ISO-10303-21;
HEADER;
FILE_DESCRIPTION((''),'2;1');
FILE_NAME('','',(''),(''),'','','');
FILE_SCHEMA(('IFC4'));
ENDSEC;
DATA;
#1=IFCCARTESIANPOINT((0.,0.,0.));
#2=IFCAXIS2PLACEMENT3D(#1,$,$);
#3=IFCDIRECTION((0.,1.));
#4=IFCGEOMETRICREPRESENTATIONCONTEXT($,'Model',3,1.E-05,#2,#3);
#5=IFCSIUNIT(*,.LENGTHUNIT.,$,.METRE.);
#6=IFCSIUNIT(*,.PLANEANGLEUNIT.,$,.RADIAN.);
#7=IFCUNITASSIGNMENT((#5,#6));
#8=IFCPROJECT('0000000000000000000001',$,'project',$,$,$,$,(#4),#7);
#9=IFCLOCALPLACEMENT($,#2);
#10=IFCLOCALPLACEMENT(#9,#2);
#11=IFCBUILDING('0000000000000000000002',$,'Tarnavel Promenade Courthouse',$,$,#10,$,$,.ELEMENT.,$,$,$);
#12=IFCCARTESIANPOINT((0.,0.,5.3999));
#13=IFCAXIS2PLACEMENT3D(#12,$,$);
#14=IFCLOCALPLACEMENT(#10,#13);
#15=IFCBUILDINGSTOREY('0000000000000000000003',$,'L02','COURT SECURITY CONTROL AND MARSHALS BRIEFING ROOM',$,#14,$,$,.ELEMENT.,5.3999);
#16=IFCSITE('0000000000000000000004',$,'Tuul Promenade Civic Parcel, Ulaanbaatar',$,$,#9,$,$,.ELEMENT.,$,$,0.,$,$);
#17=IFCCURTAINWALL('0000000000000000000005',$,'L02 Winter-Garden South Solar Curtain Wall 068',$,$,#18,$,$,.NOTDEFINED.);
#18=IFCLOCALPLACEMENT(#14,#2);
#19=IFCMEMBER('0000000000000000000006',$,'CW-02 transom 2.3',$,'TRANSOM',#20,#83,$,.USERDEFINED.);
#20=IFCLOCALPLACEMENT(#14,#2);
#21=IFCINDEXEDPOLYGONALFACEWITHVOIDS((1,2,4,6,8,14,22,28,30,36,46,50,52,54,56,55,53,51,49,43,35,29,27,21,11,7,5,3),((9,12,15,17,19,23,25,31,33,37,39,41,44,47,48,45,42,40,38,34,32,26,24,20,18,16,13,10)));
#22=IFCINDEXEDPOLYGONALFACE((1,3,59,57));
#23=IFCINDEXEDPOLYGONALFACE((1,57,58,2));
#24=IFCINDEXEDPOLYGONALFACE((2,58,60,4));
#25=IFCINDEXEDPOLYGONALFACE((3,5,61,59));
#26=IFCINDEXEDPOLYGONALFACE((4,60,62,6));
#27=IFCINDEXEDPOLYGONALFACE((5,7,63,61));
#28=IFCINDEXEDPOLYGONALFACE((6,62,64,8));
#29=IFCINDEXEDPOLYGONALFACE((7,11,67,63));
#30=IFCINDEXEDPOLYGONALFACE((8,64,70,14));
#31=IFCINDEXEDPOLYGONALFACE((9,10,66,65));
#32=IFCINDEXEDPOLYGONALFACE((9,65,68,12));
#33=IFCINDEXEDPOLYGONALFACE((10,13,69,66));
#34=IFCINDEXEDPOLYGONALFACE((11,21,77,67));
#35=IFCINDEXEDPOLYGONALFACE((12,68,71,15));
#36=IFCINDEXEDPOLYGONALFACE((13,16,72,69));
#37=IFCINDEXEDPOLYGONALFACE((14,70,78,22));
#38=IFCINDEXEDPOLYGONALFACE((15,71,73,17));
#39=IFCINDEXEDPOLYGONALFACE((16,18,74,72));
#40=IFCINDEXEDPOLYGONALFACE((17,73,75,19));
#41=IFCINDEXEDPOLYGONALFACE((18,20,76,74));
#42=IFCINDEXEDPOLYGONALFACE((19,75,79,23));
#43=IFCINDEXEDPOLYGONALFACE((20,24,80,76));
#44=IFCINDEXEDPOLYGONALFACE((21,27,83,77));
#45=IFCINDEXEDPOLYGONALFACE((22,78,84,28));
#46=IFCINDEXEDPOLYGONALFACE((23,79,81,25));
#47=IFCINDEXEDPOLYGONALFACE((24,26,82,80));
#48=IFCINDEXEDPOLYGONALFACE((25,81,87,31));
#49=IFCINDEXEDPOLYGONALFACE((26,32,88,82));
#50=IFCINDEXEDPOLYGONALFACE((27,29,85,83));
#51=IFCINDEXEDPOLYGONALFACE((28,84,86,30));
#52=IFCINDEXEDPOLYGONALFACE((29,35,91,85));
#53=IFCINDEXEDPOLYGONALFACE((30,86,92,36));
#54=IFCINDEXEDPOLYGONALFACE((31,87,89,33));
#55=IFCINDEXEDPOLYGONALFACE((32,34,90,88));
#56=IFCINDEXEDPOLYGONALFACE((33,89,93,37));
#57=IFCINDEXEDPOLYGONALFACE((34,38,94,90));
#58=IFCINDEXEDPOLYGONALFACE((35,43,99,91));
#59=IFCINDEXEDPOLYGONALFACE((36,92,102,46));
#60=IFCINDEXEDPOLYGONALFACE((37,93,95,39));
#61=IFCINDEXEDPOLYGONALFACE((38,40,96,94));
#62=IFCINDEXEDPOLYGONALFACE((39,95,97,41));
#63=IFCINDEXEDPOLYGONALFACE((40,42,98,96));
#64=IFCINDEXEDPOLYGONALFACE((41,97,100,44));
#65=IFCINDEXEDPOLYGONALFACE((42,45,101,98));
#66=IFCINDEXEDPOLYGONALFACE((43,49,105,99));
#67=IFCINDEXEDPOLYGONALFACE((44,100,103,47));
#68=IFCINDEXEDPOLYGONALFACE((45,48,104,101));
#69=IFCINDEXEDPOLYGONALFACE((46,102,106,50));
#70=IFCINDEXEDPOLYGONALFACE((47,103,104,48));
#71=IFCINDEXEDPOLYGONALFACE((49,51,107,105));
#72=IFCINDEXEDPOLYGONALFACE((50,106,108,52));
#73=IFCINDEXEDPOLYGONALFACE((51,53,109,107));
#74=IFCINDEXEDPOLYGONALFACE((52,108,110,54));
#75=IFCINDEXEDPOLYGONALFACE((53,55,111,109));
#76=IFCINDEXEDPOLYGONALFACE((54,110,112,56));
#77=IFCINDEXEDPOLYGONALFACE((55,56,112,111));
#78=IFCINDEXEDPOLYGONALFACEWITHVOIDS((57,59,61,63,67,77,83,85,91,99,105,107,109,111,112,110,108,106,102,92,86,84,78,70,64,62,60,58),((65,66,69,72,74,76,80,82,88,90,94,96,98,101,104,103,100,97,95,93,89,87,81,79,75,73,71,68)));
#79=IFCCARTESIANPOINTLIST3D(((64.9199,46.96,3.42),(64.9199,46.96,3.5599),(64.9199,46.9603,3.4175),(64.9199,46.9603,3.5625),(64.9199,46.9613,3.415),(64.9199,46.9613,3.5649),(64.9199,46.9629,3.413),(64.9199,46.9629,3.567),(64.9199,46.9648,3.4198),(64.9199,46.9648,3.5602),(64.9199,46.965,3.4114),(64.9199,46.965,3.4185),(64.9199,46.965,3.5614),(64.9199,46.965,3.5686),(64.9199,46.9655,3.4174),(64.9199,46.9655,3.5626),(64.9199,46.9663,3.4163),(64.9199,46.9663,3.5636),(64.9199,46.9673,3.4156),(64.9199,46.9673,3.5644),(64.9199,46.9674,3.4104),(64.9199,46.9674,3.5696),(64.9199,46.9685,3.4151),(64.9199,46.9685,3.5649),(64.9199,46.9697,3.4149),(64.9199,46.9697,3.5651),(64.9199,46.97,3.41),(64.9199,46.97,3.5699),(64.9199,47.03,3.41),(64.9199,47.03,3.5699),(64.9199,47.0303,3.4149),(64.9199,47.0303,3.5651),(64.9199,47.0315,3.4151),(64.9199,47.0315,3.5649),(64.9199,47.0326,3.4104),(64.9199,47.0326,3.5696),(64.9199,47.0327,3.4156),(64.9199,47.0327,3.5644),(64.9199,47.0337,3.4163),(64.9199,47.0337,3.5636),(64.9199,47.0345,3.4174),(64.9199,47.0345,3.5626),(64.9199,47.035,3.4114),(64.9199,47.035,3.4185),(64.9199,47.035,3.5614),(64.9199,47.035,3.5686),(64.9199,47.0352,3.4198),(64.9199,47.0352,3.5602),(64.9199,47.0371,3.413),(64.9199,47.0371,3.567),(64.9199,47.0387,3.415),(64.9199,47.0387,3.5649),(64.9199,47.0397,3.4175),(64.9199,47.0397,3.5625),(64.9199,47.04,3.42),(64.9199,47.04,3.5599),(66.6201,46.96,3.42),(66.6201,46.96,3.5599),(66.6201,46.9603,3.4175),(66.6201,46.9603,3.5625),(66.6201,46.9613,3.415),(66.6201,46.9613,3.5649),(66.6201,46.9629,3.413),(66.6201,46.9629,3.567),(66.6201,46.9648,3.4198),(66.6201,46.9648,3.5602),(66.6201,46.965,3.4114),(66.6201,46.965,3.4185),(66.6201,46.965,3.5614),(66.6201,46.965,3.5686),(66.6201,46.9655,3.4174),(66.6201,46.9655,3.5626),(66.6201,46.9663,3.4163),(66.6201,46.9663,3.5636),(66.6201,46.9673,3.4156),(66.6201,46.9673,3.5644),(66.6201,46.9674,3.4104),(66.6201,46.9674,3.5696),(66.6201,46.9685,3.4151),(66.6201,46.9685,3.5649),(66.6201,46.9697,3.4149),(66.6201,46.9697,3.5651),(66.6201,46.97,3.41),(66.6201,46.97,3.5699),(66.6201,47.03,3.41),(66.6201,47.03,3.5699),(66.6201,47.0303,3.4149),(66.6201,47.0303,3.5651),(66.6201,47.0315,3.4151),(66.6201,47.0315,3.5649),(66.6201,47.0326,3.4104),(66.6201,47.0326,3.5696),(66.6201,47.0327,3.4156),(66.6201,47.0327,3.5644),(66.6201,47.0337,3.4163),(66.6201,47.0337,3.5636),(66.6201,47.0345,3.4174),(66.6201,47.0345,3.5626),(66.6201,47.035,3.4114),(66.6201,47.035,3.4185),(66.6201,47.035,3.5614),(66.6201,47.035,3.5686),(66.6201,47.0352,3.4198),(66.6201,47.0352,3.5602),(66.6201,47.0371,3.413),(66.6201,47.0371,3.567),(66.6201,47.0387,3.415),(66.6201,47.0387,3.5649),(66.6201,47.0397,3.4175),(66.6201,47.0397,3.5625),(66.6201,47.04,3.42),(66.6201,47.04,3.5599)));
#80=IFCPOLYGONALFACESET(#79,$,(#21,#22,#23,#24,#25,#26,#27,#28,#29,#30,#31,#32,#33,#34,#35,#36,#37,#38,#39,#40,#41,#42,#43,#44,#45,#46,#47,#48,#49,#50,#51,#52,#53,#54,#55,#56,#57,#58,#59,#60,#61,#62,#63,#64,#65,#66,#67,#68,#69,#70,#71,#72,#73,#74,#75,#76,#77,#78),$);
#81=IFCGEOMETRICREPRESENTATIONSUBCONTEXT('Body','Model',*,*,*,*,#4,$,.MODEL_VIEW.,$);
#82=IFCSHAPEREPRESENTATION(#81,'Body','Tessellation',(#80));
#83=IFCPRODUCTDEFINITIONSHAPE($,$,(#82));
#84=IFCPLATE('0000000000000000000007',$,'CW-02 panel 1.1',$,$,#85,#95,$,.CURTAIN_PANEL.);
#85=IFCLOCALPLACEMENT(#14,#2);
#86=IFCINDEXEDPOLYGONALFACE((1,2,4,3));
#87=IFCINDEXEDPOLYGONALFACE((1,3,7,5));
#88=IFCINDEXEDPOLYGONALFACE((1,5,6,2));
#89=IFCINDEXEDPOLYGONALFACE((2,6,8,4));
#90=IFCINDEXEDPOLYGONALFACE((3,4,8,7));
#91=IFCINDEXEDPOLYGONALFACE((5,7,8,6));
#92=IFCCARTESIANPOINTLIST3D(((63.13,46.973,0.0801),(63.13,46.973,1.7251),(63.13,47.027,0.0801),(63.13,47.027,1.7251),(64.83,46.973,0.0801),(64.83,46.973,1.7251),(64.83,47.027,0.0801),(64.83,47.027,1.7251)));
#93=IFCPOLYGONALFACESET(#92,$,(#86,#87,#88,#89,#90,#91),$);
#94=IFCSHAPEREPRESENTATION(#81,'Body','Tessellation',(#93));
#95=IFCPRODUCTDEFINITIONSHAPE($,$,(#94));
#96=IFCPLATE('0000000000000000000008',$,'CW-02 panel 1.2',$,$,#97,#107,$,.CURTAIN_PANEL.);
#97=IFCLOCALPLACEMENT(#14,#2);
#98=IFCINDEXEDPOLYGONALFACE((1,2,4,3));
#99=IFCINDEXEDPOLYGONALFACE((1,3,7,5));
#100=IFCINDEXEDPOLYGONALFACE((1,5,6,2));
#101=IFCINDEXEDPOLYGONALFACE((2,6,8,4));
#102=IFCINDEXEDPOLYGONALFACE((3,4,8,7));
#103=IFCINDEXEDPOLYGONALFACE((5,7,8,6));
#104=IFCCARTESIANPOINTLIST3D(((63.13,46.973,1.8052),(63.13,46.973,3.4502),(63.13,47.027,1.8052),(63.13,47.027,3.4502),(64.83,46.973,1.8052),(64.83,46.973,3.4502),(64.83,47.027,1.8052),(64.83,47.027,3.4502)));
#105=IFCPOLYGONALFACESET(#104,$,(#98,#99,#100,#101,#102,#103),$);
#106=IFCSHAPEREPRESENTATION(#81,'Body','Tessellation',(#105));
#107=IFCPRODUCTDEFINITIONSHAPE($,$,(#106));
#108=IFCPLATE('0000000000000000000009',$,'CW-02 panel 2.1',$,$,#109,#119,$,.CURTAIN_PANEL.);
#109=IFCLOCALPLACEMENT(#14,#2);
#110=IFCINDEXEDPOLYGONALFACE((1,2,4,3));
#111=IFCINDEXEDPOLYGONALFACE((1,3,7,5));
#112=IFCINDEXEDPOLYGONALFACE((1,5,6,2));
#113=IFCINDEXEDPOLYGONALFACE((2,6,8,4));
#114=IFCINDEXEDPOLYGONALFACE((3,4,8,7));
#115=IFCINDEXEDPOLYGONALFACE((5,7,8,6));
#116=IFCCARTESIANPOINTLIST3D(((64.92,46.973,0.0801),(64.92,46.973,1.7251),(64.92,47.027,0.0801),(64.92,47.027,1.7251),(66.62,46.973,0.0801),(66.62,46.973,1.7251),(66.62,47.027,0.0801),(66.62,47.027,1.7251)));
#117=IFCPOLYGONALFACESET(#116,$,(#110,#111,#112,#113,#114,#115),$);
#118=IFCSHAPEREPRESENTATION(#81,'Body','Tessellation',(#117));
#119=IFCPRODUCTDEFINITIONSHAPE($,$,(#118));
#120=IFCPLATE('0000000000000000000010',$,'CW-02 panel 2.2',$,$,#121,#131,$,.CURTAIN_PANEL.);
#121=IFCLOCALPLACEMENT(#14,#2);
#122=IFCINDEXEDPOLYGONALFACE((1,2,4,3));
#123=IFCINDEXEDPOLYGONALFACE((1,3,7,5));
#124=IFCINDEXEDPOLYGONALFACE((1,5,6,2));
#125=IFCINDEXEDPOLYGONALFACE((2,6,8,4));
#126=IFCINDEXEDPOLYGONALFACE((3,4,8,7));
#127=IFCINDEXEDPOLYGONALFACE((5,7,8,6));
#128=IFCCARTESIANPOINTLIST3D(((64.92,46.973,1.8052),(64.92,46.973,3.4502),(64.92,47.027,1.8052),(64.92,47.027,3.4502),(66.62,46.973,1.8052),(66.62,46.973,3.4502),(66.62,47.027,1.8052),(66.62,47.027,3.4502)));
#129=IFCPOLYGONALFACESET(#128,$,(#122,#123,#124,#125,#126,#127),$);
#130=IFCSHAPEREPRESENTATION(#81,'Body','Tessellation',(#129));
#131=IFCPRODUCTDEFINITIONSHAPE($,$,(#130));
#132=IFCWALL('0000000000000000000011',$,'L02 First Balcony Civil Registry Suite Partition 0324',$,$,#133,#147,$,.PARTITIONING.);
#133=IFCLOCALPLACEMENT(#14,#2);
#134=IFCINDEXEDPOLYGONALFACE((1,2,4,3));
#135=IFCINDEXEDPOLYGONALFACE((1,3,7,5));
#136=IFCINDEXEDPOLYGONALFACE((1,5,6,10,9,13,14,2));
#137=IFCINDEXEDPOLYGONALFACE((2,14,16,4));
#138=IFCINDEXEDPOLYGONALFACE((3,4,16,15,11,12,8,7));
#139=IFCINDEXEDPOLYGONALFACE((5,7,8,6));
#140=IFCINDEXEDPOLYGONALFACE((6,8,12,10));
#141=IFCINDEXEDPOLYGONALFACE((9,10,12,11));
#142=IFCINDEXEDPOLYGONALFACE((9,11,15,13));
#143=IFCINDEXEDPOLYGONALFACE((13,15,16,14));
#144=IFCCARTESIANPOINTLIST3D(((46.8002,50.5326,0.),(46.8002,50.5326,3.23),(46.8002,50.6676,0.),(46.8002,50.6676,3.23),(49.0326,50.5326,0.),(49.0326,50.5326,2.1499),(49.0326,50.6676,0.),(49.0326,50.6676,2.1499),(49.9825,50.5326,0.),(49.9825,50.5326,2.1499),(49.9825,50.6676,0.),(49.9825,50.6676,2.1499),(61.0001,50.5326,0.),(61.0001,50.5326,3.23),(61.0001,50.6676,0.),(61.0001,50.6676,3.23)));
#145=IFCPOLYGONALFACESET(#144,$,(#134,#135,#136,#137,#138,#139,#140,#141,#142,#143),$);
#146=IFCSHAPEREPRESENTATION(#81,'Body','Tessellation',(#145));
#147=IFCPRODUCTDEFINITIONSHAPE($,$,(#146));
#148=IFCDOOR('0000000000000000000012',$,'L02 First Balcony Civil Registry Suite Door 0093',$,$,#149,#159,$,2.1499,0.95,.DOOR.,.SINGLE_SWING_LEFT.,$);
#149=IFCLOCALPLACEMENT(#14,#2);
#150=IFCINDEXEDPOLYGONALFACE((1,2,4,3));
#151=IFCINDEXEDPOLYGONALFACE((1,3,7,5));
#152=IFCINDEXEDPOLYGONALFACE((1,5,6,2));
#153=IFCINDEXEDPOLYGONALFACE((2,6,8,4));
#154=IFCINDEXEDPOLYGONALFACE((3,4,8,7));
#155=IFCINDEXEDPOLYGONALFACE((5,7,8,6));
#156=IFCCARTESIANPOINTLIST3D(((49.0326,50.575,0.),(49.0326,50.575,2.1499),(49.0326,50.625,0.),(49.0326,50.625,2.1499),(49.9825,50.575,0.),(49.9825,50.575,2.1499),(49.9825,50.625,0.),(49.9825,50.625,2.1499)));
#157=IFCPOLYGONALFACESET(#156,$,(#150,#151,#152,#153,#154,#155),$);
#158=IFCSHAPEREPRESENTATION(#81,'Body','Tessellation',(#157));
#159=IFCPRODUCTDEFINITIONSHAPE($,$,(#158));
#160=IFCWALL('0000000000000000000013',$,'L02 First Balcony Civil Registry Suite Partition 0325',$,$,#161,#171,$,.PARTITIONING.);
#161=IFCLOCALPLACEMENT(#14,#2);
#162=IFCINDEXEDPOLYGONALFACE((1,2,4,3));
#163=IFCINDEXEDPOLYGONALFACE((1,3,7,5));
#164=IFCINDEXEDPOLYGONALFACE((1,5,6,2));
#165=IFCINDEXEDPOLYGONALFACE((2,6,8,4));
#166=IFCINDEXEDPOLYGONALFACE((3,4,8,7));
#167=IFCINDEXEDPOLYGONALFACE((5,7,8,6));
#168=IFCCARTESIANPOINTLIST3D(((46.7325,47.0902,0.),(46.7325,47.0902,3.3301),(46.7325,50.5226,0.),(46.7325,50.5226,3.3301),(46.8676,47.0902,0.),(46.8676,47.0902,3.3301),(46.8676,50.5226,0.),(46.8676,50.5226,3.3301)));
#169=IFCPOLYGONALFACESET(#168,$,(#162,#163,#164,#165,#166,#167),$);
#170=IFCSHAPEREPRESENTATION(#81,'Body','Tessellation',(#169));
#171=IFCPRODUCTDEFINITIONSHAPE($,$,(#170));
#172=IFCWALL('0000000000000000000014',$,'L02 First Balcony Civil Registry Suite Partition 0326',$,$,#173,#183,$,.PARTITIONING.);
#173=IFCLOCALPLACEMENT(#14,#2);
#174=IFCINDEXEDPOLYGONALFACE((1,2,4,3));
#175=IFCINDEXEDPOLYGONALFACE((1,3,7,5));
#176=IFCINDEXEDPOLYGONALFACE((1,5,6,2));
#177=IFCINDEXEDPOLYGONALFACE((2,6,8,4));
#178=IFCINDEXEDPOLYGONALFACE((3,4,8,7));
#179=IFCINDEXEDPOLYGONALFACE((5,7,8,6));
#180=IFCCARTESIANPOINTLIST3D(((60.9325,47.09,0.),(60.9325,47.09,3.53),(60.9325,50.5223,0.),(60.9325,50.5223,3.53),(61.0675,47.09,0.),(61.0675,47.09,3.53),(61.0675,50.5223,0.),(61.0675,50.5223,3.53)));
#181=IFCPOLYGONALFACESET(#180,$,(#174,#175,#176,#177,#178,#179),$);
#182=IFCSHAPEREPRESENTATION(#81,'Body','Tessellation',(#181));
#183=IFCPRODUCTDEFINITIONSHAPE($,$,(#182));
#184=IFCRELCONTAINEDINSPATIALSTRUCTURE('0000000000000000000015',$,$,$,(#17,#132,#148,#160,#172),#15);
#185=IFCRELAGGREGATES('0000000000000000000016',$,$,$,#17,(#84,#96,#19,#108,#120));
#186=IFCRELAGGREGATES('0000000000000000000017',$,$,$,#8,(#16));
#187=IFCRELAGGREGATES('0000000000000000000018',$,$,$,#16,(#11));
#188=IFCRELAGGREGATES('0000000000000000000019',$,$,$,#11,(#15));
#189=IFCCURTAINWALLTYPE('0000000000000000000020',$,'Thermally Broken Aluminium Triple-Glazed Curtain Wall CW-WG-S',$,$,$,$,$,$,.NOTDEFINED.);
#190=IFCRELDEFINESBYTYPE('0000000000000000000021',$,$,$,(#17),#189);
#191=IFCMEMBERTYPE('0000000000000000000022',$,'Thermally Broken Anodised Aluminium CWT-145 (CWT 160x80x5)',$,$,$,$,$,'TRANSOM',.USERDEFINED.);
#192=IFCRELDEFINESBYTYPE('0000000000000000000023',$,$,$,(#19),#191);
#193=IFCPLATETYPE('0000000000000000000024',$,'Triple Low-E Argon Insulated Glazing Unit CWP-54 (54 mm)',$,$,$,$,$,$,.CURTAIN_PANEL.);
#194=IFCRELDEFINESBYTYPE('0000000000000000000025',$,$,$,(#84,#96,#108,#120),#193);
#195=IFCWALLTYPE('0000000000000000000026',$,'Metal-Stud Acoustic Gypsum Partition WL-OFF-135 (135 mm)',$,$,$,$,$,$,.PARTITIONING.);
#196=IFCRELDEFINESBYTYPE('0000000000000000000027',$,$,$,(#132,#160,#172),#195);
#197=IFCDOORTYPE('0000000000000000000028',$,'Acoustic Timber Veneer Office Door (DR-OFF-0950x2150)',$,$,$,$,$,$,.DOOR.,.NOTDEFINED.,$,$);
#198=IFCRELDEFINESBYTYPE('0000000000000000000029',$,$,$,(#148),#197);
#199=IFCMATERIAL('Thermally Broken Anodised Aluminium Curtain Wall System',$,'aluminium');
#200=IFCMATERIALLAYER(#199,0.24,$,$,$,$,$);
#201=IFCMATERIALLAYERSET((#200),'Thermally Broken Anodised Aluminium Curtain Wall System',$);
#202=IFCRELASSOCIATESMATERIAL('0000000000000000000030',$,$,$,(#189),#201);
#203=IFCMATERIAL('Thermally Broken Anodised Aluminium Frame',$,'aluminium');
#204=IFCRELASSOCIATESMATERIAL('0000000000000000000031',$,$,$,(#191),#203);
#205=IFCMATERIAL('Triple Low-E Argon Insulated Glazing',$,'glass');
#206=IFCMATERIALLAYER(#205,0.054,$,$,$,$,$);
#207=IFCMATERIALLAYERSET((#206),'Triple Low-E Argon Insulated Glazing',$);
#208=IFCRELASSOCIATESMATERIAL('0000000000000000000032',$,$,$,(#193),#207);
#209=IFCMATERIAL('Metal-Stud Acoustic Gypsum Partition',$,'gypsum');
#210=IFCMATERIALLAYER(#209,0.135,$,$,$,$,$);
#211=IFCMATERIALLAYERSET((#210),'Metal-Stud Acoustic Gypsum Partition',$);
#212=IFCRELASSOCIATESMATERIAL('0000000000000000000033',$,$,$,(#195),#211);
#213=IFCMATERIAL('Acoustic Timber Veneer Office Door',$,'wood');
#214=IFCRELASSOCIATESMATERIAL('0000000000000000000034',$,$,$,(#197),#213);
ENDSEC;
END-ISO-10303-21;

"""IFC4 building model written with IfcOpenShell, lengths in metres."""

from ifc_helpers import new_model, si_unit, direction, frame, frame_2d, origin, origin_2d, place, context, subcontext, project, spatial, rectangle, hollow_rectangle, extrude, material, layer, layer_set, material_profile, profile_set, type_object, element, fill, aggregate, save


model = new_model("IFC4")

# Units and contexts
model_context = context("Model", 3, precision=1e-05, world=origin(), true_north=direction((0.0, 1.0)))
body_context = subcontext(model_context, "Body", "Model", "MODEL_VIEW")
ifc_project = project(units=[si_unit("LENGTHUNIT", "METRE"), si_unit("PLANEANGLEUNIT", "RADIAN")], contexts=[model_context])

# Site, building, storey
site_placement = place(None, origin())
site = spatial("IfcSite", under=ifc_project, at=site_placement, Name="Tuul Promenade Civic Parcel, Ulaanbaatar", CompositionType="ELEMENT", RefElevation=0.0)
building_placement = place(site_placement, origin())
building = spatial("IfcBuilding", under=site, at=building_placement, Name="Tarnavel Promenade Courthouse", CompositionType="ELEMENT")
storey_placement = place(building_placement, frame((0.0, 0.0, 5.3999)))
storey = spatial("IfcBuildingStorey", under=building, at=storey_placement, Name="L02", Description="COURT SECURITY CONTROL AND MARSHALS BRIEFING ROOM", CompositionType="ELEMENT", Elevation=5.3999)

# Curtain wall, member, plates
ifc_material_1 = material(Name="Thermally Broken Anodised Aluminium Curtain Wall System", Category="aluminium")
ifc_layer_1 = layer(ifc_material_1, 0.24)
ifc_layer_set_1 = layer_set([ifc_layer_1], Name="Thermally Broken Anodised Aluminium Curtain Wall System")
curtain_wall_type = type_object("IfcCurtainWallType", Name="Thermally Broken Aluminium Triple-Glazed Curtain Wall CW-WG-S", PredefinedType="NOTDEFINED", material=ifc_layer_set_1)
curtain_wall_placement = place(storey_placement, origin())
curtain_wall = element("IfcCurtainWall", 1, at=curtain_wall_placement, inside=storey, type_object=curtain_wall_type, Name="L02 Winter-Garden South Solar Curtain Wall 068", PredefinedType="NOTDEFINED")
ifc_material_2 = material(Name="Thermally Broken Anodised Aluminium Frame", Category="aluminium")
ifc_material_profile_1 = material_profile(ifc_material_2, hollow_rectangle(XDim=0.0801, YDim=0.1599, WallThickness=0.0049, InnerFilletRadius=0.0049, OuterFilletRadius=0.01, at=origin_2d()), Name="CWT 160x80x5")
ifc_profile_set_1 = profile_set([ifc_material_profile_1], Name="Thermally Broken Anodised Aluminium Frame")
member_type_1 = type_object("IfcMemberType", Name="Thermally Broken Anodised Aluminium CWT-145 (CWT 160x80x5)", ElementType="TRANSOM", PredefinedType="USERDEFINED", material=ifc_profile_set_1)
member_1_placement = place(storey_placement, frame((64.9199, 47.0, 3.49), z_axis=(1.0, 0.0, 0.0), x_axis=(0.0, 1.0, 0.0)))
member_1 = element("IfcMember", 2, at=member_1_placement, type_object=member_type_1, Name="CW-02 transom 2.3", ObjectType="TRANSOM", PredefinedType="USERDEFINED", context=body_context, shape_type="SweptSolid", body=[
    extrude(hollow_rectangle(XDim=0.0801, YDim=0.1599, WallThickness=0.0049, InnerFilletRadius=0.0049, OuterFilletRadius=0.01, at=origin_2d()), origin(), (0.0, 0.0, 1.0), 1.7002),
])
ifc_material_3 = material(Name="Triple Low-E Argon Insulated Glazing", Category="glass")
ifc_layer_2 = layer(ifc_material_3, 0.054)
ifc_layer_set_2 = layer_set([ifc_layer_2], Name="Triple Low-E Argon Insulated Glazing")
plate_type = type_object("IfcPlateType", Name="Triple Low-E Argon Insulated Glazing Unit CWP-54 (54 mm)", PredefinedType="CURTAIN_PANEL", material=ifc_layer_set_2)
plate_1_placement = place(storey_placement, frame((63.98, 47.0, 0.0801), z_axis=(0.0, 0.0, 1.0), x_axis=(1.0, 0.0, 0.0)))
plate_1 = element("IfcPlate", 3, at=plate_1_placement, type_object=plate_type, Name="CW-02 panel 1.1", PredefinedType="CURTAIN_PANEL", context=body_context, shape_type="SweptSolid", body=[
    extrude(rectangle(XDim=1.7, YDim=0.054, at=origin_2d()), origin(), (0.0, 0.0, 1.0), 1.645),
])
plate_2_placement = place(storey_placement, frame((63.98, 47.0, 1.8052), z_axis=(0.0, 0.0, 1.0), x_axis=(1.0, 0.0, 0.0)))
plate_2 = element("IfcPlate", 4, at=plate_2_placement, type_object=plate_type, Name="CW-02 panel 1.2", PredefinedType="CURTAIN_PANEL", context=body_context, shape_type="SweptSolid", body=[
    extrude(rectangle(XDim=1.7, YDim=0.054, at=origin_2d()), origin(), (0.0, 0.0, 1.0), 1.645),
])
plate_3_placement = place(storey_placement, frame((65.77, 47.0, 0.0801), z_axis=(0.0, 0.0, 1.0), x_axis=(1.0, 0.0, 0.0)))
plate_3 = element("IfcPlate", 5, at=plate_3_placement, type_object=plate_type, Name="CW-02 panel 2.1", PredefinedType="CURTAIN_PANEL", context=body_context, shape_type="SweptSolid", body=[
    extrude(rectangle(XDim=1.7, YDim=0.054, at=origin_2d()), origin(), (0.0, 0.0, 1.0), 1.645),
])
plate_4_placement = place(storey_placement, frame((65.77, 47.0, 1.8052), z_axis=(0.0, 0.0, 1.0), x_axis=(1.0, 0.0, 0.0)))
plate_4 = element("IfcPlate", 6, at=plate_4_placement, type_object=plate_type, Name="CW-02 panel 2.2", PredefinedType="CURTAIN_PANEL", context=body_context, shape_type="SweptSolid", body=[
    extrude(rectangle(XDim=1.7, YDim=0.054, at=origin_2d()), origin(), (0.0, 0.0, 1.0), 1.645),
])
aggregate(curtain_wall, [plate_1, plate_2, member_1, plate_3, plate_4])

# Wall, opening, door
ifc_material_4 = material(Name="Metal-Stud Acoustic Gypsum Partition", Category="gypsum")
ifc_layer_3 = layer(ifc_material_4, 0.135)
ifc_layer_set_3 = layer_set([ifc_layer_3], Name="Metal-Stud Acoustic Gypsum Partition")
wall_type = type_object("IfcWallType", Name="Metal-Stud Acoustic Gypsum Partition WL-OFF-135 (135 mm)", PredefinedType="PARTITIONING", material=ifc_layer_set_3)
wall_1_placement = place(storey_placement, frame((46.8, 50.6001, 0.0), z_axis=(0.0, 0.0, 1.0), x_axis=(1.0, 0.0, 0.0)))
wall_1 = element("IfcWall", 7, at=wall_1_placement, inside=storey, type_object=wall_type, Name="L02 First Balcony Civil Registry Suite Partition 0324", PredefinedType="PARTITIONING", context=body_context, shape_type="SweptSolid", body=[
    extrude(rectangle(XDim=14.2, YDim=0.135, at=frame_2d((7.1001, 0.0))), origin(), (0.0, 0.0, 1.0), 3.23),
])
opening_1_placement = place(wall_1_placement, frame((2.2324, 0.0, 0.0)))
opening_1 = element("IfcOpeningElement", 8, at=opening_1_placement, cuts=wall_1, PredefinedType="OPENING", context=body_context, shape_type="SweptSolid", body=[
    extrude(rectangle(XDim=0.95, YDim=2.1499, at=frame_2d((0.4751, 1.075))), frame((0.0, 0.0774, 0.0), z_axis=(0.0, -1.0, 0.0), x_axis=(1.0, 0.0, 0.0)), (0.0, 0.0, 1.0), 0.155),
])
ifc_material_5 = material(Name="Acoustic Timber Veneer Office Door", Category="wood")
door_type = type_object("IfcDoorType", Name="Acoustic Timber Veneer Office Door (DR-OFF-0950x2150)", OperationType="NOTDEFINED", PredefinedType="DOOR", material=ifc_material_5)
door_1_placement = place(opening_1_placement, origin())
door_1 = element("IfcDoor", 9, at=door_1_placement, inside=storey, type_object=door_type, Name="L02 First Balcony Civil Registry Suite Door 0093", OperationType="SINGLE_SWING_LEFT", OverallHeight=2.1499, OverallWidth=0.95, PredefinedType="DOOR", context=body_context, shape_type="SweptSolid", body=[
    extrude(rectangle(XDim=0.95, YDim=2.1499, at=frame_2d((0.4751, 1.075))), frame((0.0, 0.0249, 0.0), z_axis=(0.0, -1.0, 0.0), x_axis=(1.0, 0.0, 0.0)), (0.0, 0.0, 1.0), 0.05),
])
fill(opening_1, door_1)

# Walls
wall_2_placement = place(storey_placement, frame((46.8, 47.0901, 0.0), z_axis=(0.0, 0.0, 1.0), x_axis=(0.0, 1.0, 0.0)))
element("IfcWall", 10, at=wall_2_placement, inside=storey, type_object=wall_type, Name="L02 First Balcony Civil Registry Suite Partition 0325", PredefinedType="PARTITIONING", context=body_context, shape_type="SweptSolid", body=[
    extrude(rectangle(XDim=3.4324, YDim=0.135, at=frame_2d((1.7163, 0.0))), origin(), (0.0, 0.0, 1.0), 3.3301),
])
wall_3_placement = place(storey_placement, frame((61.0, 50.5225, 0.0), z_axis=(0.0, 0.0, 1.0), x_axis=(0.0, -1.0, 0.0)))
element("IfcWall", 11, at=wall_3_placement, inside=storey, type_object=wall_type, Name="L02 First Balcony Civil Registry Suite Partition 0326", PredefinedType="PARTITIONING", context=body_context, shape_type="SweptSolid", body=[
    extrude(rectangle(XDim=3.4324, YDim=0.135, at=frame_2d((1.7163, 0.0))), origin(), (0.0, 0.0, 1.0), 3.53),
])

save(model, "model.ifc")
